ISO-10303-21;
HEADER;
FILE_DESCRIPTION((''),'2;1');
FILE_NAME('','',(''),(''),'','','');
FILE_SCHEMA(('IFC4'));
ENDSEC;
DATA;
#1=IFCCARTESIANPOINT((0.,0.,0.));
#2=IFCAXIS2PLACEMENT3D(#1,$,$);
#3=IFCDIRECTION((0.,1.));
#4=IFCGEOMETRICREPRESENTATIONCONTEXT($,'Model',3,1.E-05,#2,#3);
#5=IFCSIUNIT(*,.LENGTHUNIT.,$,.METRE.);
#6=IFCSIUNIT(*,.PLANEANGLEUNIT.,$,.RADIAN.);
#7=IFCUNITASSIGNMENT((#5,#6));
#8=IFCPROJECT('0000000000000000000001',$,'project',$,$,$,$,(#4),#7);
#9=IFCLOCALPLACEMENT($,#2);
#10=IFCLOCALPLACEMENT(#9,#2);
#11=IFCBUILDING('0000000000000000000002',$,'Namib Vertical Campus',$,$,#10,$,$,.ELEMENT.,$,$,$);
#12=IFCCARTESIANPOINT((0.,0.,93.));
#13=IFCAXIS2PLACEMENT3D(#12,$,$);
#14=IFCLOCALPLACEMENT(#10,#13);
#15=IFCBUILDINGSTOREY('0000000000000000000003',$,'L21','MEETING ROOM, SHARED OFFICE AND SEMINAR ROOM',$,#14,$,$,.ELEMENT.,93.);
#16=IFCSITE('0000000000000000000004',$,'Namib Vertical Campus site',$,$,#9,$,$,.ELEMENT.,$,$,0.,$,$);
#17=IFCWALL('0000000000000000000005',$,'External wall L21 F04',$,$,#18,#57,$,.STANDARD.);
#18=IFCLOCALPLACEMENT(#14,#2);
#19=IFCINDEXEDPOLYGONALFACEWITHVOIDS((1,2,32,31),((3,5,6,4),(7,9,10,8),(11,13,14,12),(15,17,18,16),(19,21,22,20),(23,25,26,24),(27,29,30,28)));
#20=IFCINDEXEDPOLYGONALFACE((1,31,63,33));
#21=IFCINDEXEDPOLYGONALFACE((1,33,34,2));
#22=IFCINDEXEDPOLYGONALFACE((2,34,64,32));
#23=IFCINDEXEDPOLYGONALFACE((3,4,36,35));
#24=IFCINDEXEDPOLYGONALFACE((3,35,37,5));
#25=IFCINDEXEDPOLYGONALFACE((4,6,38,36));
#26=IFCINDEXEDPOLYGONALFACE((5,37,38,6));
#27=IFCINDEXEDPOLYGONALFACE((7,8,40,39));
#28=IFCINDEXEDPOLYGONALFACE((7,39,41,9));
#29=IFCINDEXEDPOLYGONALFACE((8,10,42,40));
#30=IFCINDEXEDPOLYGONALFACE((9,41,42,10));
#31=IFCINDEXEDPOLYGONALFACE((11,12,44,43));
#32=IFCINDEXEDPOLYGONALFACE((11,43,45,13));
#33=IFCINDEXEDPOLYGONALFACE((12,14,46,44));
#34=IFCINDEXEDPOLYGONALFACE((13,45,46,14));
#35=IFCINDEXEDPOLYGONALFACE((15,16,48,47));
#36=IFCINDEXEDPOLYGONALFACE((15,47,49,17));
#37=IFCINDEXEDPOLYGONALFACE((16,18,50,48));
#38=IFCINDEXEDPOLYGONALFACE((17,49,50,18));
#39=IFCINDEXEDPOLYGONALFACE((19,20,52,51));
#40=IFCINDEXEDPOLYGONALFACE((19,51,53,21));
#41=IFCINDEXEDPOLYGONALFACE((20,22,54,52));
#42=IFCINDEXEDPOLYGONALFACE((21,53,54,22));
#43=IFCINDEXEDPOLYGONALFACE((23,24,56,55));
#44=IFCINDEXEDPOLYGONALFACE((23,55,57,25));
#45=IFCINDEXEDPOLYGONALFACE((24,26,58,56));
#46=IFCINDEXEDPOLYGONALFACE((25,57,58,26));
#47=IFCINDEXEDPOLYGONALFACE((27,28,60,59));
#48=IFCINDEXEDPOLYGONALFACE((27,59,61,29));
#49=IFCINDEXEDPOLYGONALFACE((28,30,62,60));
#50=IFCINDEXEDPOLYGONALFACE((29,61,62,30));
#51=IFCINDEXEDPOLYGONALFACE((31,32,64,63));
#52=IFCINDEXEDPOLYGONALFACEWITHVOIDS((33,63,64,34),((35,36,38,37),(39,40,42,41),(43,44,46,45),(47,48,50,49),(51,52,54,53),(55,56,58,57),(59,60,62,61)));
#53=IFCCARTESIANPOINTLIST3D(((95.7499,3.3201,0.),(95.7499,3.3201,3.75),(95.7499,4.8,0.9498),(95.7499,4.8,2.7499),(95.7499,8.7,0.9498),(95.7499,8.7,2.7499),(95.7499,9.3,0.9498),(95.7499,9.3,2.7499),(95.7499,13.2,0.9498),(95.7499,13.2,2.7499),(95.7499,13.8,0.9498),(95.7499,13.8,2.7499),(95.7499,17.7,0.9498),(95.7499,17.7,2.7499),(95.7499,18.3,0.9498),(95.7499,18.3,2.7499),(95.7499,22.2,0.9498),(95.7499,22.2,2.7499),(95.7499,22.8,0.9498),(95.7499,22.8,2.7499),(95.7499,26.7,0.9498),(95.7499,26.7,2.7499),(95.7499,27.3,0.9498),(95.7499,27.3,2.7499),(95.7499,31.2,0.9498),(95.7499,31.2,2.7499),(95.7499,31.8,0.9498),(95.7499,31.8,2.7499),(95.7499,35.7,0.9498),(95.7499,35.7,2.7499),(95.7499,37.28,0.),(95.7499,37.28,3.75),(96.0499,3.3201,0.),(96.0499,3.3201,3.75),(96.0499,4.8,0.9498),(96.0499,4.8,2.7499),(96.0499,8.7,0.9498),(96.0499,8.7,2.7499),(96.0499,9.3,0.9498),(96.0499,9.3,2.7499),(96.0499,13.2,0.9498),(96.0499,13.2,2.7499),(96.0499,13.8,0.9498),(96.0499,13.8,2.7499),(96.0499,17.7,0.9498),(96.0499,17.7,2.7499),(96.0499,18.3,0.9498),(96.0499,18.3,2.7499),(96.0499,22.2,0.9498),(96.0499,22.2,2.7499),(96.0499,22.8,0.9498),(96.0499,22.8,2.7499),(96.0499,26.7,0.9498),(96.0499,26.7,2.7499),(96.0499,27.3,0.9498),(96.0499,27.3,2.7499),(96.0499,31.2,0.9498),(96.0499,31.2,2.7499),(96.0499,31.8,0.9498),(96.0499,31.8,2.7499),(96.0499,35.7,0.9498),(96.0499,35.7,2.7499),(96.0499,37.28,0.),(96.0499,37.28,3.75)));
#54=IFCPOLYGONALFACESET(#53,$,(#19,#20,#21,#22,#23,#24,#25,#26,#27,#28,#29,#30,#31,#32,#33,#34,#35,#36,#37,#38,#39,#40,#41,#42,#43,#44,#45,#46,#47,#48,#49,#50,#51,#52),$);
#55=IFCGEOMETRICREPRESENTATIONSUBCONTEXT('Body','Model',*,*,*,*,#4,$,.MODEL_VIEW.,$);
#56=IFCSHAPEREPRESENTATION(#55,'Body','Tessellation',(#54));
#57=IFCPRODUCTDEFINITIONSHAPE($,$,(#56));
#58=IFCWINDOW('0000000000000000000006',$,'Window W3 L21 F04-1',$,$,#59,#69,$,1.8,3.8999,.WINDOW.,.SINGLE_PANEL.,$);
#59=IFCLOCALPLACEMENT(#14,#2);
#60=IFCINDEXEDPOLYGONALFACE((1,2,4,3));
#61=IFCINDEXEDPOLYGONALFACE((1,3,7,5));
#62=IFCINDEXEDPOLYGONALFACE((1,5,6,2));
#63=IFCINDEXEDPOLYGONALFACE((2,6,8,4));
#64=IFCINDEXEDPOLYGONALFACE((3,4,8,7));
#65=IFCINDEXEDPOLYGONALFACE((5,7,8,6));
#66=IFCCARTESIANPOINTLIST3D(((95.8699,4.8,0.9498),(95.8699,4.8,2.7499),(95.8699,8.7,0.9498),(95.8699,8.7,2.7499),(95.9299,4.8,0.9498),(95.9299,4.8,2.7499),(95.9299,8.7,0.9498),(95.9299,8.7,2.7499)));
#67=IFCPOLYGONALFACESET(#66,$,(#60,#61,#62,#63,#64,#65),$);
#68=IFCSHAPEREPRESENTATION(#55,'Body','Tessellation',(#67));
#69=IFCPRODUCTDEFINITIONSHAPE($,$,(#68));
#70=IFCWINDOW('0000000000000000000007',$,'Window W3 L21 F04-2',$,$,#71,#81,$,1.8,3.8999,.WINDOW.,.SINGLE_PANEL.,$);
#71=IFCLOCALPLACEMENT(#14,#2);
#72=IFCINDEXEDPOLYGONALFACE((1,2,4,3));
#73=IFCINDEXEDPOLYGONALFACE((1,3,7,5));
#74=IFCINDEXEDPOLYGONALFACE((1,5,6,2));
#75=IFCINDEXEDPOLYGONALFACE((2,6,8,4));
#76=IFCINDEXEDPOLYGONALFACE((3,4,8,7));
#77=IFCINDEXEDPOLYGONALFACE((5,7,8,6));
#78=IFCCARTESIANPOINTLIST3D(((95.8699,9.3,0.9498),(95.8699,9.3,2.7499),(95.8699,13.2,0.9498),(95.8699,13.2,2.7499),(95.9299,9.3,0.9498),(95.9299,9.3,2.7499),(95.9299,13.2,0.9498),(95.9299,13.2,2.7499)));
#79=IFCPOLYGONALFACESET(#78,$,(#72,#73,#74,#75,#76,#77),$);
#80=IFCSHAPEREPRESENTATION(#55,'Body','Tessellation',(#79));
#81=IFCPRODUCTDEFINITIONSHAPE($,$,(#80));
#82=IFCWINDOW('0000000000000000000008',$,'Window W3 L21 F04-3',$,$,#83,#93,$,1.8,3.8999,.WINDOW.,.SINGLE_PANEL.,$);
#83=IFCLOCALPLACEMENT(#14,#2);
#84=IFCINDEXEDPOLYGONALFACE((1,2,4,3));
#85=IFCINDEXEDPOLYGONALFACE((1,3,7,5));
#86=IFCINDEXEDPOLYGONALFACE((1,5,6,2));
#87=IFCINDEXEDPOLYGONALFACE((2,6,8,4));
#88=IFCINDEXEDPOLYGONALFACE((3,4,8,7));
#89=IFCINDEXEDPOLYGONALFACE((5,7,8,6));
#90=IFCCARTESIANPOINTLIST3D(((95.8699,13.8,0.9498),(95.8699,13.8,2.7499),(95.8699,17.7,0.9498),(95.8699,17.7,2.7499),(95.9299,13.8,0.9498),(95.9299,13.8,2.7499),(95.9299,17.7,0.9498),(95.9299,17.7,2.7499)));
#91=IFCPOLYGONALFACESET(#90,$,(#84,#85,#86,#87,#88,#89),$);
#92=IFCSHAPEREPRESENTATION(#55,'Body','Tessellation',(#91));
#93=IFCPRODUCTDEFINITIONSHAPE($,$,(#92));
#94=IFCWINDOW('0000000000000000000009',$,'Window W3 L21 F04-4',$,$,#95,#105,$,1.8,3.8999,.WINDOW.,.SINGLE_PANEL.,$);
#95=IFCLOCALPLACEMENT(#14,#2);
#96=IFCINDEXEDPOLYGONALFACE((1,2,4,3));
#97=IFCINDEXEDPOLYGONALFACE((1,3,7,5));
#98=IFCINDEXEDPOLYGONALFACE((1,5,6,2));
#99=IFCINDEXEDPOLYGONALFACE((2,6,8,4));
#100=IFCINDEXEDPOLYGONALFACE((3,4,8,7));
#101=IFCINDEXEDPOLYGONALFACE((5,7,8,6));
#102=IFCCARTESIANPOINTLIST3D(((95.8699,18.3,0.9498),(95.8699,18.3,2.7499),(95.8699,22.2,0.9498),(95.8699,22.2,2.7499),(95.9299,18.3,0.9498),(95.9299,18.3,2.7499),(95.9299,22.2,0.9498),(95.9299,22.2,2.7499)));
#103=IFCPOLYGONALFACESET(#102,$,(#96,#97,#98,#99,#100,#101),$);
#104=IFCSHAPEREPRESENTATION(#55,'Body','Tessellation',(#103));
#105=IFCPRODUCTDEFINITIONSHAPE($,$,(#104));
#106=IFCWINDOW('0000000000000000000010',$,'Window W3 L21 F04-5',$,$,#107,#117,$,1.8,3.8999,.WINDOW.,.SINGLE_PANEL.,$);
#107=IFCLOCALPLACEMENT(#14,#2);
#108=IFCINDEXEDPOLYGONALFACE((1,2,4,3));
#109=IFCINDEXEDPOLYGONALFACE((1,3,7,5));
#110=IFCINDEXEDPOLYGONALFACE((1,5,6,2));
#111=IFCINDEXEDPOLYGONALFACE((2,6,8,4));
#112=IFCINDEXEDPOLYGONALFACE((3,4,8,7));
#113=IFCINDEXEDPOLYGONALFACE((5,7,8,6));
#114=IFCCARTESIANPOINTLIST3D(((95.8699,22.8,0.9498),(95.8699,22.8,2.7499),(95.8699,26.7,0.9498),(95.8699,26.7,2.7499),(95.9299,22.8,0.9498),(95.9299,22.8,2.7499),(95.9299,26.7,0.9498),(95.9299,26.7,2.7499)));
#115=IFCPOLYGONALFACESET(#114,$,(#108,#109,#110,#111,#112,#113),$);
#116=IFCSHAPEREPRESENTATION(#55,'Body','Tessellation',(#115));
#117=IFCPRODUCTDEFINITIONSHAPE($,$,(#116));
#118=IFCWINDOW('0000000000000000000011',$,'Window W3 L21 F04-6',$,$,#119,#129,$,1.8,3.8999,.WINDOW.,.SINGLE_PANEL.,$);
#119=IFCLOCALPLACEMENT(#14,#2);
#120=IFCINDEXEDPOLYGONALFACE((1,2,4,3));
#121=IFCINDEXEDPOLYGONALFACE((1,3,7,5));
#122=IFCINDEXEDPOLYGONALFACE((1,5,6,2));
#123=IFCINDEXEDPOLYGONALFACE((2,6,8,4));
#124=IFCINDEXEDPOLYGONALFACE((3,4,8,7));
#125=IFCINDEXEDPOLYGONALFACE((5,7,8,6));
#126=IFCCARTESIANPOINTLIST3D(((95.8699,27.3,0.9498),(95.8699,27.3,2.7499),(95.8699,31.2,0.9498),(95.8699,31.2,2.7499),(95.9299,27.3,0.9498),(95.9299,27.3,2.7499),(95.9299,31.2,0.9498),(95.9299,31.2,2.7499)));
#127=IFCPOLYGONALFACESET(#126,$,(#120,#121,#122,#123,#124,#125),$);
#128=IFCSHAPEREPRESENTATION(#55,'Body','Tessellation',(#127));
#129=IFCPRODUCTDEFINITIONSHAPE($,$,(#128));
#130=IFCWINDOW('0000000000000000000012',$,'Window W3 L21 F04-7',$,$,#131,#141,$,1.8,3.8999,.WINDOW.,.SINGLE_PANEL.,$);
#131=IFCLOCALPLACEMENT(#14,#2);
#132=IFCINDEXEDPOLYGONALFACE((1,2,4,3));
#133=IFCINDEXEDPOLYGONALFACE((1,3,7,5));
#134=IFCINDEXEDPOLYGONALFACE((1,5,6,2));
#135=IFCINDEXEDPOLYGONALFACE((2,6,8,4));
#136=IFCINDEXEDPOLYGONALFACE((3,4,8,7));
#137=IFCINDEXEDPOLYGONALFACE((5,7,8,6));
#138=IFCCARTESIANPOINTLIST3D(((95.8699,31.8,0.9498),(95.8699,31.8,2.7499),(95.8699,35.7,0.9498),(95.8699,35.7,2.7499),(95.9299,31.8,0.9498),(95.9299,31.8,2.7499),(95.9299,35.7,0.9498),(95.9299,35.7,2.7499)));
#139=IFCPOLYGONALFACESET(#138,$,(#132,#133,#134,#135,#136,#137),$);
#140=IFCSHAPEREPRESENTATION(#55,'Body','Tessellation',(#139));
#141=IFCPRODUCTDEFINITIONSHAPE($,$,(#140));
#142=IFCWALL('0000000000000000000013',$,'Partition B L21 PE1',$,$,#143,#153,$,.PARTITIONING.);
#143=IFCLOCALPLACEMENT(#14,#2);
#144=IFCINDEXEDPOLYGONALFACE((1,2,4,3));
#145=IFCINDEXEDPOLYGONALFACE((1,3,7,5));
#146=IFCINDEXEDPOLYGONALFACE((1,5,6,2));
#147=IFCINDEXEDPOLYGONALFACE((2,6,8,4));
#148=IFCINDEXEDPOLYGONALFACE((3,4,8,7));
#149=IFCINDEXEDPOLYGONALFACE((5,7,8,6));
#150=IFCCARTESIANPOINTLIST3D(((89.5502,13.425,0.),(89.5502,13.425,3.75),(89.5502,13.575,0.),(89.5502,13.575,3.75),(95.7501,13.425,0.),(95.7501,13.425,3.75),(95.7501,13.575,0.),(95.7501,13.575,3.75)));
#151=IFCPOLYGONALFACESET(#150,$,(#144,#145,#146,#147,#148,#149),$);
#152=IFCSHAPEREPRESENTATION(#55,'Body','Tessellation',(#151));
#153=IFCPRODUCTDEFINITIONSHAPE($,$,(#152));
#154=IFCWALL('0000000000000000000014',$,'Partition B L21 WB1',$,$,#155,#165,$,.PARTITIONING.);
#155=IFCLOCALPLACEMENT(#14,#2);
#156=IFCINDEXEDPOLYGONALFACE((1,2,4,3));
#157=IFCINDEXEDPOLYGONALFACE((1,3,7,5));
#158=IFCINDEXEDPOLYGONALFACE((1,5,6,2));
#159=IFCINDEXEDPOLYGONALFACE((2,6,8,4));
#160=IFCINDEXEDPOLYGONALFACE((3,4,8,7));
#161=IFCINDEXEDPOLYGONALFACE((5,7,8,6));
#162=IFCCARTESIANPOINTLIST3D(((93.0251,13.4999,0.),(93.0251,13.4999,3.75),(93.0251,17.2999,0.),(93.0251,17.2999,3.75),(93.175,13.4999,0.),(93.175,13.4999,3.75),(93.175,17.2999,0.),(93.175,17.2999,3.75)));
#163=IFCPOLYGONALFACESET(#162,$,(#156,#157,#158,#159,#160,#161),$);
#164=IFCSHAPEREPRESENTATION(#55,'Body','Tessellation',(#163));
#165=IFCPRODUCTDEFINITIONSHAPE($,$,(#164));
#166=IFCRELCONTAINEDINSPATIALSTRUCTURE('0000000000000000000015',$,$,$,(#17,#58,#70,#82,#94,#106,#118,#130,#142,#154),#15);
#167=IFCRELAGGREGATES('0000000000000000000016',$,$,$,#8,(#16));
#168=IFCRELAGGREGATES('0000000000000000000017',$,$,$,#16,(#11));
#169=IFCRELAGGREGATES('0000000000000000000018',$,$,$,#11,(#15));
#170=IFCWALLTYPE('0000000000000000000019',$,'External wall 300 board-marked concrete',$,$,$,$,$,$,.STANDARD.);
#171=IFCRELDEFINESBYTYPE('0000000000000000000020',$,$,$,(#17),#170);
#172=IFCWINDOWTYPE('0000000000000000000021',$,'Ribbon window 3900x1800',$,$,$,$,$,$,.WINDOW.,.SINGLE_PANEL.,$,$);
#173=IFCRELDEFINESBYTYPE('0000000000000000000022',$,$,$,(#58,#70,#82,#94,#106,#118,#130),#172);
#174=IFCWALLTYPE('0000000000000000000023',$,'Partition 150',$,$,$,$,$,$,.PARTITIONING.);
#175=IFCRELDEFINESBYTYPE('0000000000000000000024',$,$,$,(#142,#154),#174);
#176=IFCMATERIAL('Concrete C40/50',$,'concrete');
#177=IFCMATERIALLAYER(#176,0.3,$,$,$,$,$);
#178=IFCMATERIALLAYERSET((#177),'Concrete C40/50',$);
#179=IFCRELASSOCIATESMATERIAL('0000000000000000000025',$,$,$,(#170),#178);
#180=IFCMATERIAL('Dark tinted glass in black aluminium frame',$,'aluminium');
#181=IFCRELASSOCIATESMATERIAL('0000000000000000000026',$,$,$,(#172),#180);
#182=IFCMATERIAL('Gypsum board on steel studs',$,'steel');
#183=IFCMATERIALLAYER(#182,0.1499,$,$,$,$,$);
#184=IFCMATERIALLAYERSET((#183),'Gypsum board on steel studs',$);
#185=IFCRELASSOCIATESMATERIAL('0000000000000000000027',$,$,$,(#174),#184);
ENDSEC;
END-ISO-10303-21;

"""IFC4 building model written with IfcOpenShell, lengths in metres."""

from ifc_helpers import new_model, si_unit, direction, frame, frame_2d, origin, place, context, subcontext, project, spatial, rectangle, extrude, material, layer, layer_set, type_object, element, fill, save


model = new_model("IFC4")

# Units and contexts
model_context = context("Model", 3, precision=1e-05, world=origin(), true_north=direction((0.0, 1.0)))
body_context = subcontext(model_context, "Body", "Model", "MODEL_VIEW")
ifc_project = project(units=[si_unit("LENGTHUNIT", "METRE"), si_unit("PLANEANGLEUNIT", "RADIAN")], contexts=[model_context])

# Site, building, storey
site_placement = place(None, origin())
site = spatial("IfcSite", under=ifc_project, at=site_placement, Name="Namib Vertical Campus site", CompositionType="ELEMENT", RefElevation=0.0)
building_placement = place(site_placement, origin())
building = spatial("IfcBuilding", under=site, at=building_placement, Name="Namib Vertical Campus", CompositionType="ELEMENT")
storey_placement = place(building_placement, frame((0.0, 0.0, 93.0)))
storey = spatial("IfcBuildingStorey", under=building, at=storey_placement, Name="L21", Description="MEETING ROOM, SHARED OFFICE AND SEMINAR ROOM", CompositionType="ELEMENT", Elevation=93.0)

# Wall, openings, windows
ifc_material_1 = material(Name="Concrete C40/50", Category="concrete")
ifc_layer_1 = layer(ifc_material_1, 0.3)
ifc_layer_set_1 = layer_set([ifc_layer_1], Name="Concrete C40/50")
wall_type_1 = type_object("IfcWallType", Name="External wall 300 board-marked concrete", PredefinedType="STANDARD", material=ifc_layer_set_1)
wall_1_placement = place(storey_placement, frame((95.8999, 3.3201, 0.0), z_axis=(0.0, 0.0, 1.0), x_axis=(0.0, 1.0, 0.0)))
wall_1 = element("IfcWall", 1, at=wall_1_placement, inside=storey, type_object=wall_type_1, Name="External wall L21 F04", PredefinedType="STANDARD", context=body_context, shape_type="SweptSolid", body=[
    extrude(rectangle(XDim=33.96, YDim=0.3, at=frame_2d((16.98, 0.0))), origin(), (0.0, 0.0, 1.0), 3.75),
])
opening_1_placement = place(wall_1_placement, frame((1.48, 0.0, 0.95)))
opening_1 = element("IfcOpeningElement", 2, at=opening_1_placement, cuts=wall_1, PredefinedType="OPENING", context=body_context, shape_type="SweptSolid", body=[
    extrude(rectangle(XDim=3.8999, YDim=1.8, at=frame_2d((1.95, 0.8999))), frame((0.0, 0.1599, 0.0), z_axis=(0.0, -1.0, 0.0), x_axis=(1.0, 0.0, 0.0)), (0.0, 0.0, 1.0), 0.3201),
])
opening_2_placement = place(wall_1_placement, frame((5.98, 0.0, 0.95)))
opening_2 = element("IfcOpeningElement", 3, at=opening_2_placement, cuts=wall_1, PredefinedType="OPENING", context=body_context, shape_type="SweptSolid", body=[
    extrude(rectangle(XDim=3.8999, YDim=1.8, at=frame_2d((1.95, 0.8999))), frame((0.0, 0.1599, 0.0), z_axis=(0.0, -1.0, 0.0), x_axis=(1.0, 0.0, 0.0)), (0.0, 0.0, 1.0), 0.3201),
])
opening_3_placement = place(wall_1_placement, frame((10.48, 0.0, 0.95)))
opening_3 = element("IfcOpeningElement", 4, at=opening_3_placement, cuts=wall_1, PredefinedType="OPENING", context=body_context, shape_type="SweptSolid", body=[
    extrude(rectangle(XDim=3.8999, YDim=1.8, at=frame_2d((1.95, 0.8999))), frame((0.0, 0.1599, 0.0), z_axis=(0.0, -1.0, 0.0), x_axis=(1.0, 0.0, 0.0)), (0.0, 0.0, 1.0), 0.3201),
])
opening_4_placement = place(wall_1_placement, frame((14.98, 0.0, 0.95)))
opening_4 = element("IfcOpeningElement", 5, at=opening_4_placement, cuts=wall_1, PredefinedType="OPENING", context=body_context, shape_type="SweptSolid", body=[
    extrude(rectangle(XDim=3.8999, YDim=1.8, at=frame_2d((1.95, 0.8999))), frame((0.0, 0.1599, 0.0), z_axis=(0.0, -1.0, 0.0), x_axis=(1.0, 0.0, 0.0)), (0.0, 0.0, 1.0), 0.3201),
])
opening_5_placement = place(wall_1_placement, frame((19.48, 0.0, 0.95)))
opening_5 = element("IfcOpeningElement", 6, at=opening_5_placement, cuts=wall_1, PredefinedType="OPENING", context=body_context, shape_type="SweptSolid", body=[
    extrude(rectangle(XDim=3.8999, YDim=1.8, at=frame_2d((1.95, 0.8999))), frame((0.0, 0.1599, 0.0), z_axis=(0.0, -1.0, 0.0), x_axis=(1.0, 0.0, 0.0)), (0.0, 0.0, 1.0), 0.3201),
])
opening_6_placement = place(wall_1_placement, frame((23.98, 0.0, 0.95)))
opening_6 = element("IfcOpeningElement", 7, at=opening_6_placement, cuts=wall_1, PredefinedType="OPENING", context=body_context, shape_type="SweptSolid", body=[
    extrude(rectangle(XDim=3.8999, YDim=1.8, at=frame_2d((1.95, 0.8999))), frame((0.0, 0.1599, 0.0), z_axis=(0.0, -1.0, 0.0), x_axis=(1.0, 0.0, 0.0)), (0.0, 0.0, 1.0), 0.3201),
])
opening_7_placement = place(wall_1_placement, frame((28.48, 0.0, 0.95)))
opening_7 = element("IfcOpeningElement", 8, at=opening_7_placement, cuts=wall_1, PredefinedType="OPENING", context=body_context, shape_type="SweptSolid", body=[
    extrude(rectangle(XDim=3.8999, YDim=1.8, at=frame_2d((1.95, 0.8999))), frame((0.0, 0.1599, 0.0), z_axis=(0.0, -1.0, 0.0), x_axis=(1.0, 0.0, 0.0)), (0.0, 0.0, 1.0), 0.3201),
])
ifc_material_2 = material(Name="Dark tinted glass in black aluminium frame", Category="aluminium")
window_type = type_object("IfcWindowType", Name="Ribbon window 3900x1800", PartitioningType="SINGLE_PANEL", PredefinedType="WINDOW", material=ifc_material_2)
window_1_placement = place(opening_1_placement, origin())
window_1 = element("IfcWindow", 9, at=window_1_placement, inside=storey, type_object=window_type, Name="Window W3 L21 F04-1", OverallHeight=1.8, OverallWidth=3.8999, PartitioningType="SINGLE_PANEL", PredefinedType="WINDOW", context=body_context, shape_type="SweptSolid", body=[
    extrude(rectangle(XDim=3.8999, YDim=1.8, at=frame_2d((1.95, 0.8999))), frame((0.0, 0.03, 0.0), z_axis=(0.0, -1.0, 0.0), x_axis=(1.0, 0.0, 0.0)), (0.0, 0.0, 1.0), 0.0601),
])
fill(opening_1, window_1)
window_2_placement = place(opening_2_placement, origin())
window_2 = element("IfcWindow", 10, at=window_2_placement, inside=storey, type_object=window_type, Name="Window W3 L21 F04-2", OverallHeight=1.8, OverallWidth=3.8999, PartitioningType="SINGLE_PANEL", PredefinedType="WINDOW", context=body_context, shape_type="SweptSolid", body=[
    extrude(rectangle(XDim=3.8999, YDim=1.8, at=frame_2d((1.95, 0.8999))), frame((0.0, 0.03, 0.0), z_axis=(0.0, -1.0, 0.0), x_axis=(1.0, 0.0, 0.0)), (0.0, 0.0, 1.0), 0.0601),
])
fill(opening_2, window_2)
window_3_placement = place(opening_3_placement, origin())
window_3 = element("IfcWindow", 11, at=window_3_placement, inside=storey, type_object=window_type, Name="Window W3 L21 F04-3", OverallHeight=1.8, OverallWidth=3.8999, PartitioningType="SINGLE_PANEL", PredefinedType="WINDOW", context=body_context, shape_type="SweptSolid", body=[
    extrude(rectangle(XDim=3.8999, YDim=1.8, at=frame_2d((1.95, 0.8999))), frame((0.0, 0.03, 0.0), z_axis=(0.0, -1.0, 0.0), x_axis=(1.0, 0.0, 0.0)), (0.0, 0.0, 1.0), 0.0601),
])
fill(opening_3, window_3)
window_4_placement = place(opening_4_placement, origin())
window_4 = element("IfcWindow", 12, at=window_4_placement, inside=storey, type_object=window_type, Name="Window W3 L21 F04-4", OverallHeight=1.8, OverallWidth=3.8999, PartitioningType="SINGLE_PANEL", PredefinedType="WINDOW", context=body_context, shape_type="SweptSolid", body=[
    extrude(rectangle(XDim=3.8999, YDim=1.8, at=frame_2d((1.95, 0.8999))), frame((0.0, 0.03, 0.0), z_axis=(0.0, -1.0, 0.0), x_axis=(1.0, 0.0, 0.0)), (0.0, 0.0, 1.0), 0.0601),
])
fill(opening_4, window_4)
window_5_placement = place(opening_5_placement, origin())
window_5 = element("IfcWindow", 13, at=window_5_placement, inside=storey, type_object=window_type, Name="Window W3 L21 F04-5", OverallHeight=1.8, OverallWidth=3.8999, PartitioningType="SINGLE_PANEL", PredefinedType="WINDOW", context=body_context, shape_type="SweptSolid", body=[
    extrude(rectangle(XDim=3.8999, YDim=1.8, at=frame_2d((1.95, 0.8999))), frame((0.0, 0.03, 0.0), z_axis=(0.0, -1.0, 0.0), x_axis=(1.0, 0.0, 0.0)), (0.0, 0.0, 1.0), 0.0601),
])
fill(opening_5, window_5)
window_6_placement = place(opening_6_placement, origin())
window_6 = element("IfcWindow", 14, at=window_6_placement, inside=storey, type_object=window_type, Name="Window W3 L21 F04-6", OverallHeight=1.8, OverallWidth=3.8999, PartitioningType="SINGLE_PANEL", PredefinedType="WINDOW", context=body_context, shape_type="SweptSolid", body=[
    extrude(rectangle(XDim=3.8999, YDim=1.8, at=frame_2d((1.95, 0.8999))), frame((0.0, 0.03, 0.0), z_axis=(0.0, -1.0, 0.0), x_axis=(1.0, 0.0, 0.0)), (0.0, 0.0, 1.0), 0.0601),
])
fill(opening_6, window_6)
window_7_placement = place(opening_7_placement, origin())
window_7 = element("IfcWindow", 15, at=window_7_placement, inside=storey, type_object=window_type, Name="Window W3 L21 F04-7", OverallHeight=1.8, OverallWidth=3.8999, PartitioningType="SINGLE_PANEL", PredefinedType="WINDOW", context=body_context, shape_type="SweptSolid", body=[
    extrude(rectangle(XDim=3.8999, YDim=1.8, at=frame_2d((1.95, 0.8999))), frame((0.0, 0.03, 0.0), z_axis=(0.0, -1.0, 0.0), x_axis=(1.0, 0.0, 0.0)), (0.0, 0.0, 1.0), 0.0601),
])
fill(opening_7, window_7)

# Walls
ifc_material_3 = material(Name="Gypsum board on steel studs", Category="steel")
ifc_layer_2 = layer(ifc_material_3, 0.1499)
ifc_layer_set_2 = layer_set([ifc_layer_2], Name="Gypsum board on steel studs")
wall_type_2 = type_object("IfcWallType", Name="Partition 150", PredefinedType="PARTITIONING", material=ifc_layer_set_2)
wall_2_placement = place(storey_placement, frame((89.55, 13.5, 0.0), z_axis=(0.0, 0.0, 1.0), x_axis=(1.0, 0.0, 0.0)))
element("IfcWall", 16, at=wall_2_placement, inside=storey, type_object=wall_type_2, Name="Partition B L21 PE1", PredefinedType="PARTITIONING", context=body_context, shape_type="SweptSolid", body=[
    extrude(rectangle(XDim=6.2, YDim=0.1499, at=frame_2d((3.1001, 0.0))), origin(), (0.0, 0.0, 1.0), 3.75),
])
wall_3_placement = place(storey_placement, frame((93.1001, 13.5, 0.0), z_axis=(0.0, 0.0, 1.0), x_axis=(0.0, 1.0, 0.0)))
element("IfcWall", 17, at=wall_3_placement, inside=storey, type_object=wall_type_2, Name="Partition B L21 WB1", PredefinedType="PARTITIONING", context=body_context, shape_type="SweptSolid", body=[
    extrude(rectangle(XDim=3.8, YDim=0.1499, at=frame_2d((1.8999, 0.0))), origin(), (0.0, 0.0, 1.0), 3.75),
])

save(model, "model.ifc")
